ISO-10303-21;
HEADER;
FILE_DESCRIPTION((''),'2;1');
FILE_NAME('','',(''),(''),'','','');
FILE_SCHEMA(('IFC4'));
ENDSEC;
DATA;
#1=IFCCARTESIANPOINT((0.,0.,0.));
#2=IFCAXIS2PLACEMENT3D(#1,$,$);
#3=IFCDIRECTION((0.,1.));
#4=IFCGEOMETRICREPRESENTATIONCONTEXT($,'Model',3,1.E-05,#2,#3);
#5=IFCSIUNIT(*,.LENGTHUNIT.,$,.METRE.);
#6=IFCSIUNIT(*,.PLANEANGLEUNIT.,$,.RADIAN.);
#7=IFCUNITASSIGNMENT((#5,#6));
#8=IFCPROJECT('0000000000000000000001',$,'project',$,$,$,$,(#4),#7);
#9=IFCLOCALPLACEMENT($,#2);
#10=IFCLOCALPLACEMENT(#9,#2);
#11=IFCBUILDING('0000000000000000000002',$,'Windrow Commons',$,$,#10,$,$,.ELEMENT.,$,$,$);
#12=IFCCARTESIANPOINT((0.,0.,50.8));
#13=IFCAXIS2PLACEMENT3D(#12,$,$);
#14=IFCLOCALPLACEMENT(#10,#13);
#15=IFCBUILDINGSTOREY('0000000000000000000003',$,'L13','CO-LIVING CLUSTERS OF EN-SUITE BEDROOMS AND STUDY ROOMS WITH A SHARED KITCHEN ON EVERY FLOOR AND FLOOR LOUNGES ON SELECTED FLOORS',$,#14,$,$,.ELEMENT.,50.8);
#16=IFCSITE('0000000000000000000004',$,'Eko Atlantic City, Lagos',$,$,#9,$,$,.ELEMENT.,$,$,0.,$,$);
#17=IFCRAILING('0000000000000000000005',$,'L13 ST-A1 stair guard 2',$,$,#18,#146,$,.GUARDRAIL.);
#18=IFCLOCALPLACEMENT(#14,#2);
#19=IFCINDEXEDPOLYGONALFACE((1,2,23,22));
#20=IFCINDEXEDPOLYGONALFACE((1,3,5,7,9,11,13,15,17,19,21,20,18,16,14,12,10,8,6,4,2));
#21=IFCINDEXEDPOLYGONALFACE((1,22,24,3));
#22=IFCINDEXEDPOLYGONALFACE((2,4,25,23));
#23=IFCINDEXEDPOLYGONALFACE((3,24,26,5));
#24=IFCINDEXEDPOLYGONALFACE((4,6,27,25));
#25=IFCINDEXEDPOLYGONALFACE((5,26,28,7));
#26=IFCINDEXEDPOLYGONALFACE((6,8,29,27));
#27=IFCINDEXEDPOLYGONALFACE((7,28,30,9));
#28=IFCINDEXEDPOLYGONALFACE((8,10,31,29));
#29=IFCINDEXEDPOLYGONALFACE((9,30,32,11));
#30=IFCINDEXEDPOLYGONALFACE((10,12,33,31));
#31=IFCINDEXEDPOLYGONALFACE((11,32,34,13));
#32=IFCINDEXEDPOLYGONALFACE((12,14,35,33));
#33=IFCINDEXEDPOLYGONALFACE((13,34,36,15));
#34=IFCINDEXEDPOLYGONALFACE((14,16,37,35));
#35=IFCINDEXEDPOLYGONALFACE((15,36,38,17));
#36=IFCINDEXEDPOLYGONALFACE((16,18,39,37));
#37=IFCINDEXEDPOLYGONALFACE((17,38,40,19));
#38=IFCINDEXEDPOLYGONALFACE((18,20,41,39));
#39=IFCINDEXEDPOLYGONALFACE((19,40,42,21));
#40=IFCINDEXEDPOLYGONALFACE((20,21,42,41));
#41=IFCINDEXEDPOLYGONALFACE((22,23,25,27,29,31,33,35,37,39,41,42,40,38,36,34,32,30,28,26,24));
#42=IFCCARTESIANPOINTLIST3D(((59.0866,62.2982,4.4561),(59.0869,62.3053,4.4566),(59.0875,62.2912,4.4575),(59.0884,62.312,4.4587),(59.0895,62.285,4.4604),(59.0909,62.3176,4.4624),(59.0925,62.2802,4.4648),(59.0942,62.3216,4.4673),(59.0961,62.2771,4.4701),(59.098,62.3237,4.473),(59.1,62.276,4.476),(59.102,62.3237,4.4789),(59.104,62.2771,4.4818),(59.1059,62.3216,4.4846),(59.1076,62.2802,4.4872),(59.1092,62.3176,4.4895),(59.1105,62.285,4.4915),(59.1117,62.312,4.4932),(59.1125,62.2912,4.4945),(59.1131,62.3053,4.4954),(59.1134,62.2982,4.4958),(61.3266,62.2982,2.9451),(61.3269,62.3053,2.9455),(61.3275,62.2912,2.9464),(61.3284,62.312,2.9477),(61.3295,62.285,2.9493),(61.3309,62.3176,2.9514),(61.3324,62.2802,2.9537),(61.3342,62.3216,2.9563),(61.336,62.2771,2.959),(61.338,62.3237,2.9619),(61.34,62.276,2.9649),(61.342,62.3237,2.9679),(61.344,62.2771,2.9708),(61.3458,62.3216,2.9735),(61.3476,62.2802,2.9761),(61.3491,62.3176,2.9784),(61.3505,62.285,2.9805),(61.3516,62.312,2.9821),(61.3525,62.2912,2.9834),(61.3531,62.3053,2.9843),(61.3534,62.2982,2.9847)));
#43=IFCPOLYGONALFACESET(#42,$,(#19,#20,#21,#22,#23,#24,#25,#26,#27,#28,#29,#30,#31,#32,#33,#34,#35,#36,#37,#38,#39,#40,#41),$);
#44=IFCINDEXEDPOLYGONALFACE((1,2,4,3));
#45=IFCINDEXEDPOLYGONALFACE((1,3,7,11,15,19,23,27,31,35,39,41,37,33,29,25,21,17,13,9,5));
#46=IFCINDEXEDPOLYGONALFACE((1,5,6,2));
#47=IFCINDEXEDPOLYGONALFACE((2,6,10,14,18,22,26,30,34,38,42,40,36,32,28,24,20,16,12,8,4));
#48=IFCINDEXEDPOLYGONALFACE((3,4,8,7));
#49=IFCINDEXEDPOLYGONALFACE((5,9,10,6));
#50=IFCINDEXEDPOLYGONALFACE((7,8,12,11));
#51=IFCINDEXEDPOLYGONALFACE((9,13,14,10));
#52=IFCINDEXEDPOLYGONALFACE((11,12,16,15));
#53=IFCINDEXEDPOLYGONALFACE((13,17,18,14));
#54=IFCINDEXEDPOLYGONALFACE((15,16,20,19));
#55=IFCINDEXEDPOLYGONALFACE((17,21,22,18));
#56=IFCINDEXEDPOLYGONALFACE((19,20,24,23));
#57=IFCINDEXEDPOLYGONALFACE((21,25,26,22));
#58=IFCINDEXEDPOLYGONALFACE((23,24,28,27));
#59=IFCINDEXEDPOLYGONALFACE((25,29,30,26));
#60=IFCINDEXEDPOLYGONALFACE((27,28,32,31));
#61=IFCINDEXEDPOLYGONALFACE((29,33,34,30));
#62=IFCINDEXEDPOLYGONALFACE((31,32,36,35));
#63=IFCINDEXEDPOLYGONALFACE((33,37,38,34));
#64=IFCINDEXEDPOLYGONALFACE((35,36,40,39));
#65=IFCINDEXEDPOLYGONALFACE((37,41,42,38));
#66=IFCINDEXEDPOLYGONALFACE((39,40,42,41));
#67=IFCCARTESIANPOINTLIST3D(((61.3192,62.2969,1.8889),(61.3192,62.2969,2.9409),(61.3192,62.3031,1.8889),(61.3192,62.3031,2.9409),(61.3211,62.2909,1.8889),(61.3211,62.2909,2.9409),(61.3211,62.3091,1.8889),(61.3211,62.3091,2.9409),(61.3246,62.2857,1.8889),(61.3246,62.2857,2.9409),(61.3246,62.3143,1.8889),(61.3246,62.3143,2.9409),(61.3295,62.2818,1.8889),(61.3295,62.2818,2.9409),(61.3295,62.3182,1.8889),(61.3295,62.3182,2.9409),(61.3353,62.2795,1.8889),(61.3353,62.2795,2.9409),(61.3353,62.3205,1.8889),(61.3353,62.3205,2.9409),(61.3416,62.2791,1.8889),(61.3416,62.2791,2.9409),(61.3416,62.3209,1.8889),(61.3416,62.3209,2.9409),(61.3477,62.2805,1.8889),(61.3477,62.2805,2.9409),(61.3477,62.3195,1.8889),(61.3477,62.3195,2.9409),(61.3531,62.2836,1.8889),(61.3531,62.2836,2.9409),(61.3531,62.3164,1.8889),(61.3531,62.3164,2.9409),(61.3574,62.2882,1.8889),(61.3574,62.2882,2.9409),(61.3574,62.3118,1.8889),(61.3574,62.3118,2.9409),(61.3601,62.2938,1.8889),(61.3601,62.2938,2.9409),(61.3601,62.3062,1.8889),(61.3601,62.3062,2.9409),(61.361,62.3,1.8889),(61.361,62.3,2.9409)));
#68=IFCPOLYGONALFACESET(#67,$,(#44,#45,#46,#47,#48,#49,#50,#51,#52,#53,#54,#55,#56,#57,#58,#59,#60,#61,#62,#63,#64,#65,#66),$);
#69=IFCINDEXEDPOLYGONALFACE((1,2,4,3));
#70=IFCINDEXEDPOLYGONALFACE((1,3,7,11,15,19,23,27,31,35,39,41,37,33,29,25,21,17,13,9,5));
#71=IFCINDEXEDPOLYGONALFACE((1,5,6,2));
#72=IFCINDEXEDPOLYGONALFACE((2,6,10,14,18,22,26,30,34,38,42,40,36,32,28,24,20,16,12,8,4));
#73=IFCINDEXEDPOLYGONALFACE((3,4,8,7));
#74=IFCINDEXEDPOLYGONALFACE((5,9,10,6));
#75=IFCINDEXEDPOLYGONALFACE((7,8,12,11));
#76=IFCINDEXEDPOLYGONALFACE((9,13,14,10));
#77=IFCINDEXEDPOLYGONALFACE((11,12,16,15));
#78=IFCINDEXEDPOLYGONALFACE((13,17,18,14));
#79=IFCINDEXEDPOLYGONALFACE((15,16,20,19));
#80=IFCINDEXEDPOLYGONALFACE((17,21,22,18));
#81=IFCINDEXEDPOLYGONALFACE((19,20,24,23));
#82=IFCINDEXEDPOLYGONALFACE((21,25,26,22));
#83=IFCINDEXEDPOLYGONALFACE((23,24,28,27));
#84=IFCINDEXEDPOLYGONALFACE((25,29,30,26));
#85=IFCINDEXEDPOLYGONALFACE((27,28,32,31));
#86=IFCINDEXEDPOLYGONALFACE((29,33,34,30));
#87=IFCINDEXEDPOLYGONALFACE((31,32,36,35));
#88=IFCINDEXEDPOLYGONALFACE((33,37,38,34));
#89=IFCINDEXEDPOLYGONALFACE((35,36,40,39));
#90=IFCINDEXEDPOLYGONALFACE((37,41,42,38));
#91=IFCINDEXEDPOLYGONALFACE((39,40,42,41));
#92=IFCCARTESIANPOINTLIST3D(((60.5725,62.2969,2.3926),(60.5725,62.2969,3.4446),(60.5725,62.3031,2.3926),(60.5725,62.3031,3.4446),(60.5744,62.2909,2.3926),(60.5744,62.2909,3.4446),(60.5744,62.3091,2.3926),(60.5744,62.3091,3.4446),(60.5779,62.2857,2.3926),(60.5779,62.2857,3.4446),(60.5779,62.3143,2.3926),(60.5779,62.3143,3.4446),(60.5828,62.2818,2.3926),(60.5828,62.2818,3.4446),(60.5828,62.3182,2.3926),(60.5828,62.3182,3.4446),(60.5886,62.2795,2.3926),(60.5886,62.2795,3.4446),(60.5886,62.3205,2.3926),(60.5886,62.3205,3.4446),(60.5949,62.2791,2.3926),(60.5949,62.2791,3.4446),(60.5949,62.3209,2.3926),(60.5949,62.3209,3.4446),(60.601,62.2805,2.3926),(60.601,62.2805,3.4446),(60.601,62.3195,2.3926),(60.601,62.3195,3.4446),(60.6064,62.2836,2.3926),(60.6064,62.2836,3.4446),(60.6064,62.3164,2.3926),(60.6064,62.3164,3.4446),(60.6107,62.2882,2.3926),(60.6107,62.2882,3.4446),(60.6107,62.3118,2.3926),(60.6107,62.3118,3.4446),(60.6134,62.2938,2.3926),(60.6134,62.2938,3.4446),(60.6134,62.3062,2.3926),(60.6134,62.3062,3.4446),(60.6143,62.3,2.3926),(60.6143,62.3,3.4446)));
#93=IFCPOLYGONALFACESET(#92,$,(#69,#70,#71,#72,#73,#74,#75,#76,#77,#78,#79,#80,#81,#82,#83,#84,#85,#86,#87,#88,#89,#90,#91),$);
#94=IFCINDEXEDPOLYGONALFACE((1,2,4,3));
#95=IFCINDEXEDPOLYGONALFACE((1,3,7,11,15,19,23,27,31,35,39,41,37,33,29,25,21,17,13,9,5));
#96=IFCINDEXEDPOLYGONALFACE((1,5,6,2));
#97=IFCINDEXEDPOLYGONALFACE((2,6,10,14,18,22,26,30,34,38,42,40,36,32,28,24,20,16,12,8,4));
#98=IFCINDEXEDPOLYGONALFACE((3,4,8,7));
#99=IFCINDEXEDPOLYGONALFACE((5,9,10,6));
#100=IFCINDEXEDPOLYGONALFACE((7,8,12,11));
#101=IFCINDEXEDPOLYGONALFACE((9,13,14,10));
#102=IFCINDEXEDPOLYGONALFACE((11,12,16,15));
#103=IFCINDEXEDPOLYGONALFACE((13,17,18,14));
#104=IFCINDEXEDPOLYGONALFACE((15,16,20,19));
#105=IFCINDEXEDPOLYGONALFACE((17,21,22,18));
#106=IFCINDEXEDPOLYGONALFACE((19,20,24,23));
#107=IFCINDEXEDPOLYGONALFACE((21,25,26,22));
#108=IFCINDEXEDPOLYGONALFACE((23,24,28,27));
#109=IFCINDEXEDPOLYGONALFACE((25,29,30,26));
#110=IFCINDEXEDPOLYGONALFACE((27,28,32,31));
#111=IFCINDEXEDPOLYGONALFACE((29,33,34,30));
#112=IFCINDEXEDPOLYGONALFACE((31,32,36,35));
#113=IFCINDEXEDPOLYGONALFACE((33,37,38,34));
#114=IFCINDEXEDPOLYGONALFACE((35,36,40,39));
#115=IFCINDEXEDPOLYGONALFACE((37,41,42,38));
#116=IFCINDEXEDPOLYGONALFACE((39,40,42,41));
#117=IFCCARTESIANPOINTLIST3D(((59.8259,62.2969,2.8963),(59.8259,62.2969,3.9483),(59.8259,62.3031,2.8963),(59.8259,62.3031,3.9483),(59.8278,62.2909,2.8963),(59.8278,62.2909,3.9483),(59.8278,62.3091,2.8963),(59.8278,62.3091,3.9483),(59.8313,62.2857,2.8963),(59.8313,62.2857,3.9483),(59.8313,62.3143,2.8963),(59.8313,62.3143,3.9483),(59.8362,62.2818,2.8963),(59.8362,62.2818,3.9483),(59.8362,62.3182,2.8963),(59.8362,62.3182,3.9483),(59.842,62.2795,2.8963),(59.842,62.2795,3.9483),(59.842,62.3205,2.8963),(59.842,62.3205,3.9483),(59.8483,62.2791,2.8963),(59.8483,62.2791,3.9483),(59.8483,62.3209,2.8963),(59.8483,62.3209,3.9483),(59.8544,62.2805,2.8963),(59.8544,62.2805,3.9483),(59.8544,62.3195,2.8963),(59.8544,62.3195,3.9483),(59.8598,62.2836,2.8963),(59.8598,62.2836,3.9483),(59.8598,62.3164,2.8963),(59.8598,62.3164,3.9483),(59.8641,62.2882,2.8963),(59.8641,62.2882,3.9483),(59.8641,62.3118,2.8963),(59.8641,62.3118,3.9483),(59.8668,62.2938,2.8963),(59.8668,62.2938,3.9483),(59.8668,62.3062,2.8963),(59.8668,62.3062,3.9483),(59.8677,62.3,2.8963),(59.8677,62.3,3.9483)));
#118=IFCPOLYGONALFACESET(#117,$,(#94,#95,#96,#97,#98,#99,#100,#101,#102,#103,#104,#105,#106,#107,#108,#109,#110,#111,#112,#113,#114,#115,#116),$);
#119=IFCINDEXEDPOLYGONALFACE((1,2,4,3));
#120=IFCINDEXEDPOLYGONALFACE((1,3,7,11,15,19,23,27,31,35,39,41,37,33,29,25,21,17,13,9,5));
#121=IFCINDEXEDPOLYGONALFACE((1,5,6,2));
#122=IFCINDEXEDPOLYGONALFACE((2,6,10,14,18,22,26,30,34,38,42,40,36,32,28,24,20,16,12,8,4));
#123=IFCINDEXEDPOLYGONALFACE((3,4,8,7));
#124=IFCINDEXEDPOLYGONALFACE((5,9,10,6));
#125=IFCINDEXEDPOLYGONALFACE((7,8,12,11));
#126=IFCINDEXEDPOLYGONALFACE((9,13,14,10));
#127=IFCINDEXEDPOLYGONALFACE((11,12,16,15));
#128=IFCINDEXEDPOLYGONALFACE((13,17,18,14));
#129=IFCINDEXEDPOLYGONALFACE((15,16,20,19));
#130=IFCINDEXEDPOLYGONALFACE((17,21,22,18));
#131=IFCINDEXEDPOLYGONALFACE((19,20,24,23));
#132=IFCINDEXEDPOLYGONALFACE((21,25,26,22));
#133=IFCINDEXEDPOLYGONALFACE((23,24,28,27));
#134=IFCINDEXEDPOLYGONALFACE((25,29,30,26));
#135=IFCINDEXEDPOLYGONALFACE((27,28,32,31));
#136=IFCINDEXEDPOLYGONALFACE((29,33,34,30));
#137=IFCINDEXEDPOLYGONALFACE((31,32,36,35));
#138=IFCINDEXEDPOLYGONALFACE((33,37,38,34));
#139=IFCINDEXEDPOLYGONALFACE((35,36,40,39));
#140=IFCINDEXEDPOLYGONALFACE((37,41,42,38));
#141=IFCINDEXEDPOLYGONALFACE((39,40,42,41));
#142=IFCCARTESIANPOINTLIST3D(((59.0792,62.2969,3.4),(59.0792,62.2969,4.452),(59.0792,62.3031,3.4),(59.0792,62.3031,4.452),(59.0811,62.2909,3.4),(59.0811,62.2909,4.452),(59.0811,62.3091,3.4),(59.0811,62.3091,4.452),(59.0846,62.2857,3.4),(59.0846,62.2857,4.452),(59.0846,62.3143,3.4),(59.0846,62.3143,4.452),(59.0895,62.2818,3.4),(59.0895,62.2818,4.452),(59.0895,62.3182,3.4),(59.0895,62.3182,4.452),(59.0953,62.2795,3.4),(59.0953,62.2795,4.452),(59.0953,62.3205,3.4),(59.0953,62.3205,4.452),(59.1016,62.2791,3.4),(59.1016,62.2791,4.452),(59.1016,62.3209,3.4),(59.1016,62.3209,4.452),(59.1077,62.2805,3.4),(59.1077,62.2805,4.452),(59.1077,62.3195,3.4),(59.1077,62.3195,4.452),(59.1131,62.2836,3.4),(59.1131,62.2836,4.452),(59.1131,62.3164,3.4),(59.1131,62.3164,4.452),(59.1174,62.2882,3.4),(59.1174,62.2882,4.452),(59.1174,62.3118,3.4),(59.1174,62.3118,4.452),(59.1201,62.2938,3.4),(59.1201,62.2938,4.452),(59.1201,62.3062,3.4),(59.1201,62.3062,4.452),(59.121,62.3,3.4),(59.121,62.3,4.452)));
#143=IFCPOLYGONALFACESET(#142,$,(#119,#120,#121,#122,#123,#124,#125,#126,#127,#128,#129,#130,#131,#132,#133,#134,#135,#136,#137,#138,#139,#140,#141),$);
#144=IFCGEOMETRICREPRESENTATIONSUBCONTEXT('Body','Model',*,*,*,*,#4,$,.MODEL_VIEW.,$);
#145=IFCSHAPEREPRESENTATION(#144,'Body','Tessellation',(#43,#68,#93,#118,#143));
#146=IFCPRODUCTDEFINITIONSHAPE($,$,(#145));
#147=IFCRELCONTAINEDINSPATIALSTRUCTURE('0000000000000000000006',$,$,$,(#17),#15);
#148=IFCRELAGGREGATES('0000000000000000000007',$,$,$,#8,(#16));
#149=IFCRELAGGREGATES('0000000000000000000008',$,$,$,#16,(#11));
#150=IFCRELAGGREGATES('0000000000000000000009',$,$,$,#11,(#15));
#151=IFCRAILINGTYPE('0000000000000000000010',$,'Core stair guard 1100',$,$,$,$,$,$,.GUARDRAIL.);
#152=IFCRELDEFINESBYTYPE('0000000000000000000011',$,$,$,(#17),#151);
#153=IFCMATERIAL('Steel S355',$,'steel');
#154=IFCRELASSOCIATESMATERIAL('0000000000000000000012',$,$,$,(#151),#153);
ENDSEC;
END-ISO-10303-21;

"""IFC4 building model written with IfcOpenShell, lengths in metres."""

from ifc_helpers import new_model, si_unit, direction, frame, origin, origin_2d, place, context, subcontext, project, spatial, circle, extrude, material, type_object, element, save


model = new_model("IFC4")

# Units and contexts
model_context = context("Model", 3, precision=1e-05, world=origin(), true_north=direction((0.0, 1.0)))
body_context = subcontext(model_context, "Body", "Model", "MODEL_VIEW")
ifc_project = project(units=[si_unit("LENGTHUNIT", "METRE"), si_unit("PLANEANGLEUNIT", "RADIAN")], contexts=[model_context])

# Site, building, storey
site_placement = place(None, origin())
site = spatial("IfcSite", under=ifc_project, at=site_placement, Name="Eko Atlantic City, Lagos", CompositionType="ELEMENT", RefElevation=0.0)
building_placement = place(site_placement, origin())
building = spatial("IfcBuilding", under=site, at=building_placement, Name="Windrow Commons", CompositionType="ELEMENT")
storey_placement = place(building_placement, frame((0.0, 0.0, 50.8)))
storey = spatial("IfcBuildingStorey", under=building, at=storey_placement, Name="L13", Description="CO-LIVING CLUSTERS OF EN-SUITE BEDROOMS AND STUDY ROOMS WITH A SHARED KITCHEN ON EVERY FLOOR AND FLOOR LOUNGES ON SELECTED FLOORS", CompositionType="ELEMENT", Elevation=50.8)

# Railing
ifc_material_1 = material(Name="Steel S355", Category="steel")
railing_type_1 = type_object("IfcRailingType", Name="Core stair guard 1100", PredefinedType="GUARDRAIL", material=ifc_material_1)
railing_1_placement = place(storey_placement, frame((61.34, 62.3, 1.8889)))
element("IfcRailing", 1, at=railing_1_placement, inside=storey, type_object=railing_type_1, Name="L13 ST-A1 stair guard 2", PredefinedType="GUARDRAIL", context=body_context, shape_type="SweptSolid", body=[
    extrude(circle(Radius=0.024, at=origin_2d()), frame((0.0, 0.0, 1.076), z_axis=(-0.829003, 0.0, 0.559244), x_axis=(0.0, -1.0, 0.0)), (0.0, 0.0, 1.0), 2.702),
    extrude(circle(Radius=0.021, at=origin_2d()), origin(), (0.0, 0.0, 1.0), 1.052),
    extrude(circle(Radius=0.021, at=origin_2d()), frame((-0.7467, 0.0, 0.5037)), (0.0, 0.0, 1.0), 1.052),
    extrude(circle(Radius=0.021, at=origin_2d()), frame((-1.4933, 0.0, 1.0074)), (0.0, 0.0, 1.0), 1.052),
    extrude(circle(Radius=0.021, at=origin_2d()), frame((-2.24, 0.0, 1.5111)), (0.0, 0.0, 1.0), 1.052),
])

save(model, "model.ifc")
